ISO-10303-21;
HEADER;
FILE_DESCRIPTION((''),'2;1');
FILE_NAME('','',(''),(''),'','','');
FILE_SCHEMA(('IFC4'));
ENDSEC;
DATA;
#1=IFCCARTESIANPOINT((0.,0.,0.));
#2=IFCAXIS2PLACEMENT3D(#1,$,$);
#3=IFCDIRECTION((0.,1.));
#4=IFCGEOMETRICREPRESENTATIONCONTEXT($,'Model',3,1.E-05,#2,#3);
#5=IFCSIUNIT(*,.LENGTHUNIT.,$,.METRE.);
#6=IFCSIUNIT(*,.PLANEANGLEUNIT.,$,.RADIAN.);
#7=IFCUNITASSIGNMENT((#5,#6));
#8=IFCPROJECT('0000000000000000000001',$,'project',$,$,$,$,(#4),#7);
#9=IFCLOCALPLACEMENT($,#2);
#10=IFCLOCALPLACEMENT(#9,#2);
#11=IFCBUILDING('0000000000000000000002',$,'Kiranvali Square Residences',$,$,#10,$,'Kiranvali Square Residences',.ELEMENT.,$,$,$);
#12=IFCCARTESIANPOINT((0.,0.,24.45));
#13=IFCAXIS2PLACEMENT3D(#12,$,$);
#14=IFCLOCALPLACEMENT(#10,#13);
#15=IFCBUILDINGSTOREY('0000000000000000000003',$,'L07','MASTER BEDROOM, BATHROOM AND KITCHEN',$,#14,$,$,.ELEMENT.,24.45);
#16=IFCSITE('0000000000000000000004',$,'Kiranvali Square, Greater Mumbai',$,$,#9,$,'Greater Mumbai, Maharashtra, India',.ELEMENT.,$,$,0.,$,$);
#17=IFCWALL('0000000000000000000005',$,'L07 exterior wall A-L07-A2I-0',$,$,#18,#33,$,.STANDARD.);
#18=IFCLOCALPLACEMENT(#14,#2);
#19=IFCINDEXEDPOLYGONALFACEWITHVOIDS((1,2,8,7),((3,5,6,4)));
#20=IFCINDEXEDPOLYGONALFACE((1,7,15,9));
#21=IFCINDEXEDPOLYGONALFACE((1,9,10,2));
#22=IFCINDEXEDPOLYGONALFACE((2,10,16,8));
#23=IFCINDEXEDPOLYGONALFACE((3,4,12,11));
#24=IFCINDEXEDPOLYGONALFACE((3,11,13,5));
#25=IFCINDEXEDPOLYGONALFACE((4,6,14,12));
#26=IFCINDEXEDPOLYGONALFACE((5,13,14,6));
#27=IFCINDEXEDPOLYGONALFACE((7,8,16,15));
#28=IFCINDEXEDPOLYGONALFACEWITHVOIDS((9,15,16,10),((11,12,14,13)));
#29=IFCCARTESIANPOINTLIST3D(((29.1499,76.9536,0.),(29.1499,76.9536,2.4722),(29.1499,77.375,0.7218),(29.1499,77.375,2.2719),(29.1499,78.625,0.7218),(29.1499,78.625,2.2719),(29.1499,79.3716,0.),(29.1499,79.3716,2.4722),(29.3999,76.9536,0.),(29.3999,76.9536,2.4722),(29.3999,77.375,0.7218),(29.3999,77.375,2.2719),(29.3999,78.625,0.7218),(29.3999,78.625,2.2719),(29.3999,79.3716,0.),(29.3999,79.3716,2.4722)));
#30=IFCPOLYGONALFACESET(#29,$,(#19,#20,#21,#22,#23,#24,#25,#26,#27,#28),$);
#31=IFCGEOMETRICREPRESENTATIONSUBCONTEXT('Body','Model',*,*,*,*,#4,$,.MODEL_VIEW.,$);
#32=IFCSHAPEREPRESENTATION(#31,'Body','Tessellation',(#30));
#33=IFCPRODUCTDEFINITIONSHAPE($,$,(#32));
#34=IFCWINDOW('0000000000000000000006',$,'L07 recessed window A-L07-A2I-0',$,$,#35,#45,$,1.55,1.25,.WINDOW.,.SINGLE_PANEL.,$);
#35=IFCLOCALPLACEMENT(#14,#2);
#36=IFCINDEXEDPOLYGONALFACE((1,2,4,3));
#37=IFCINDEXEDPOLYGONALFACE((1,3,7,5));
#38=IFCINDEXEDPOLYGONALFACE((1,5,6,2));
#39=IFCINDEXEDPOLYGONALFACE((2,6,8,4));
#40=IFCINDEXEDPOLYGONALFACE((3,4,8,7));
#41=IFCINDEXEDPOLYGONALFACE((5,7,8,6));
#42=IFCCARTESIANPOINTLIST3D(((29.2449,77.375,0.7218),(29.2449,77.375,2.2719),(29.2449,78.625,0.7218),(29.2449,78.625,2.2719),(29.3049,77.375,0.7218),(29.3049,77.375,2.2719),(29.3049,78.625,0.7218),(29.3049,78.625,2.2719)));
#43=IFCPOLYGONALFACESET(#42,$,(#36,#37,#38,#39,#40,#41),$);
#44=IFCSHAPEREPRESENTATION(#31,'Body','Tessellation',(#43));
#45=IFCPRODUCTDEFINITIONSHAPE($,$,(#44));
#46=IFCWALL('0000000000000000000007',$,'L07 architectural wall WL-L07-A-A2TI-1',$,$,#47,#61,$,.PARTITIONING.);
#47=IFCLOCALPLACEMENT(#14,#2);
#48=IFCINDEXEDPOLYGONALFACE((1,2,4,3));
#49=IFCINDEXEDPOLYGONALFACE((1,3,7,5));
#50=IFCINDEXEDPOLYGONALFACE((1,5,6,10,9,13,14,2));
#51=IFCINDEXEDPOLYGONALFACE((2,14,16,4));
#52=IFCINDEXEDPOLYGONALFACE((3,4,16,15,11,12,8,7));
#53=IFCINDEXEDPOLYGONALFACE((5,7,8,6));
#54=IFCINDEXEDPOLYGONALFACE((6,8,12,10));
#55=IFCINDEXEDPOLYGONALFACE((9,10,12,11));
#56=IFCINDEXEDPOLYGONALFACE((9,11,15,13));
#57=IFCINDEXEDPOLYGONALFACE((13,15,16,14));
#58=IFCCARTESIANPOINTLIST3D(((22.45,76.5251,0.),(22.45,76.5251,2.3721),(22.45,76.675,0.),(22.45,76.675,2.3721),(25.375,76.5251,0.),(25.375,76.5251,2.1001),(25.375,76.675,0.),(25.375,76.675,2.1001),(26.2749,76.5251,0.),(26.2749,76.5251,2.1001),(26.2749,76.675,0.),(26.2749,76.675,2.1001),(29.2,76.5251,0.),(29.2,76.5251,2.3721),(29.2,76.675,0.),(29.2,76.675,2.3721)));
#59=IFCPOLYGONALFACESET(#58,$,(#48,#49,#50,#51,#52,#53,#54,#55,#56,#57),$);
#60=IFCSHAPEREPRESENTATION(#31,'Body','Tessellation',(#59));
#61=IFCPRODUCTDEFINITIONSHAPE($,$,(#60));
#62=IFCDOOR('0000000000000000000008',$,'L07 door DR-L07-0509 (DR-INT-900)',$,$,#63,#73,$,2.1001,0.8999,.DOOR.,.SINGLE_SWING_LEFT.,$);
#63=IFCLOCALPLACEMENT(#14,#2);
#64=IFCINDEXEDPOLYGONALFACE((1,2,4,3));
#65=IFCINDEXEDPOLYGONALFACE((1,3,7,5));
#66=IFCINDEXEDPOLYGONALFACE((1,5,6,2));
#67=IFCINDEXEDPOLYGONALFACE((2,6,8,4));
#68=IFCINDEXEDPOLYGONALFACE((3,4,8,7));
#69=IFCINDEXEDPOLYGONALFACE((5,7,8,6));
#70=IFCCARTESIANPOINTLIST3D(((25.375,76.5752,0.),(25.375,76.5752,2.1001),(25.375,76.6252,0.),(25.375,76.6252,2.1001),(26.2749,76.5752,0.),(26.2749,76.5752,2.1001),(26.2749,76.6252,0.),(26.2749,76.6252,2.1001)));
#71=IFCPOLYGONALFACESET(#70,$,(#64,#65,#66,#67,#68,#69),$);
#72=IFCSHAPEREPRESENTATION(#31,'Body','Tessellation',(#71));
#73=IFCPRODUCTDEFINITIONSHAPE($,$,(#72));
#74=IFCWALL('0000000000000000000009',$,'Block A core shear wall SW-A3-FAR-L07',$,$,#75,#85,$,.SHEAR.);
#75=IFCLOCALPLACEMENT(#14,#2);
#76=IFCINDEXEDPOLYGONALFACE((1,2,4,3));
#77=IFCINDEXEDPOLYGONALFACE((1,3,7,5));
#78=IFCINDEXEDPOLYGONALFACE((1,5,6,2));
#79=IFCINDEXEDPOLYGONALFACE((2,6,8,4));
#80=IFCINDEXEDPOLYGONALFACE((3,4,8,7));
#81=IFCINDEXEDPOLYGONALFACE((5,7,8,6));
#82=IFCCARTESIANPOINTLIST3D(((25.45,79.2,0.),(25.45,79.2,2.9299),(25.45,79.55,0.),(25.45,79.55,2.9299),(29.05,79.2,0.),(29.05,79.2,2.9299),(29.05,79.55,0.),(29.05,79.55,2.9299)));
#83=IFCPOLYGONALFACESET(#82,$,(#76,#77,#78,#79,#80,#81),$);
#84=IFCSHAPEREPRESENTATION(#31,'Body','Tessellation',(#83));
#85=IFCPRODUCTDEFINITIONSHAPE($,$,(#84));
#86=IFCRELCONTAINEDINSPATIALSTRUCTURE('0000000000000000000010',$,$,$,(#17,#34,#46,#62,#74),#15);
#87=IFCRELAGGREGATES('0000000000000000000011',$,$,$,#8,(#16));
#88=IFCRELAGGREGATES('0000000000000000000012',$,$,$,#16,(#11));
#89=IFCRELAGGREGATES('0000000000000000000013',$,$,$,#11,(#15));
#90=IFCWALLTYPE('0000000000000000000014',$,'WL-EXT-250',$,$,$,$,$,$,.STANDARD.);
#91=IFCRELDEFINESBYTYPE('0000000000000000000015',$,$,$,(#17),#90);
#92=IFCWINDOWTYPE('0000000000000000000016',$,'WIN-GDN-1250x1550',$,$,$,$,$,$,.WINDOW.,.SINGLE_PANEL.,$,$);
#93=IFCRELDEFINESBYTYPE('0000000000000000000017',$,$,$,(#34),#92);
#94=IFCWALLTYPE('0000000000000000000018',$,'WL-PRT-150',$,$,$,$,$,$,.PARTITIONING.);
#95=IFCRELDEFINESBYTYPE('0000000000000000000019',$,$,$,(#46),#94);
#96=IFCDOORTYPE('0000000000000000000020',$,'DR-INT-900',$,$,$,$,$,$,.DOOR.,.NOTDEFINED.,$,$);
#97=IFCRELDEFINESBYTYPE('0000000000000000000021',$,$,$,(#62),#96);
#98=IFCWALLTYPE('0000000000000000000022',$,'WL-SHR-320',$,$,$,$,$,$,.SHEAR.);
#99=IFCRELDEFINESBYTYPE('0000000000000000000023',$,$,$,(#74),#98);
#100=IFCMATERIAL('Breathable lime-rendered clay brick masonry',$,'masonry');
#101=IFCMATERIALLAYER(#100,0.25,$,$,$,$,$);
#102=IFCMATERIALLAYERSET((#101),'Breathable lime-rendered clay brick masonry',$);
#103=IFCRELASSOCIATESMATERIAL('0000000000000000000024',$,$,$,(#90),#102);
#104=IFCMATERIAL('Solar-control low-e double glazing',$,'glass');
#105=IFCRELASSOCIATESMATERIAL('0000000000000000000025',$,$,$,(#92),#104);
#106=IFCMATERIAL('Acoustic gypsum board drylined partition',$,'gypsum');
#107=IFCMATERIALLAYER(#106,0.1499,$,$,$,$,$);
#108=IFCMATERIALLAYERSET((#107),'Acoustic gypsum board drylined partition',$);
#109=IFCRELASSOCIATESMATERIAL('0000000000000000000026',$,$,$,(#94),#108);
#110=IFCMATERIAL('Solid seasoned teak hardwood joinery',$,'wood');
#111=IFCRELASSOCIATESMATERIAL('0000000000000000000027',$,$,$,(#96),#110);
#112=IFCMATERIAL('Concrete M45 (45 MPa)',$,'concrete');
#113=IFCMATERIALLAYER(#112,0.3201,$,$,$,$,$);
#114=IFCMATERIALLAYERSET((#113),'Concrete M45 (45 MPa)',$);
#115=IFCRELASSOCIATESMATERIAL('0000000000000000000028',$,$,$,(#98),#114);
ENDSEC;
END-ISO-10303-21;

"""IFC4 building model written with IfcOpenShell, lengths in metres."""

from ifc_helpers import new_model, si_unit, direction, frame, frame_2d, origin, place, context, subcontext, project, spatial, rectangle, extrude, material, layer, layer_set, type_object, element, fill, save


model = new_model("IFC4")

# Units and contexts
model_context = context("Model", 3, precision=1e-05, world=origin(), true_north=direction((0.0, 1.0)))
body_context = subcontext(model_context, "Body", "Model", "MODEL_VIEW")
ifc_project = project(units=[si_unit("LENGTHUNIT", "METRE"), si_unit("PLANEANGLEUNIT", "RADIAN")], contexts=[model_context])

# Site, building, storey
site_placement = place(None, origin())
site = spatial("IfcSite", under=ifc_project, at=site_placement, Name="Kiranvali Square, Greater Mumbai", LongName="Greater Mumbai, Maharashtra, India", CompositionType="ELEMENT", RefElevation=0.0)
building_placement = place(site_placement, origin())
building = spatial("IfcBuilding", under=site, at=building_placement, Name="Kiranvali Square Residences", LongName="Kiranvali Square Residences", CompositionType="ELEMENT")
storey_placement = place(building_placement, frame((0.0, 0.0, 24.45)))
storey = spatial("IfcBuildingStorey", under=building, at=storey_placement, Name="L07", Description="MASTER BEDROOM, BATHROOM AND KITCHEN", CompositionType="ELEMENT", Elevation=24.45)

# Shared definitions
ifc_material_1 = material(Name="Concrete M45 (45 MPa)", Category="concrete")

# Wall, opening, window
ifc_material_2 = material(Name="Breathable lime-rendered clay brick masonry", Category="masonry")
ifc_layer_1 = layer(ifc_material_2, 0.25)
ifc_layer_set_1 = layer_set([ifc_layer_1], Name="Breathable lime-rendered clay brick masonry")
wall_type_1 = type_object("IfcWallType", Name="WL-EXT-250", PredefinedType="STANDARD", material=ifc_layer_set_1)
wall_1_placement = place(storey_placement, frame((29.2749, 79.3716, 0.0), z_axis=(0.0, 0.0, 1.0), x_axis=(0.0, -1.0, 0.0)))
wall_1 = element("IfcWall", 1, at=wall_1_placement, inside=storey, type_object=wall_type_1, Name="L07 exterior wall A-L07-A2I-0", PredefinedType="STANDARD", context=body_context, shape_type="SweptSolid", body=[
    extrude(rectangle(XDim=2.418, YDim=0.25, at=frame_2d((1.209, 0.0))), origin(), (0.0, 0.0, 1.0), 2.4722),
])
opening_1_placement = place(wall_1_placement, frame((0.7466, 0.0, 0.7219)))
opening_1 = element("IfcOpeningElement", 2, at=opening_1_placement, cuts=wall_1, PredefinedType="OPENING", context=body_context, shape_type="SweptSolid", body=[
    extrude(rectangle(XDim=1.25, YDim=1.55, at=frame_2d((0.625, 0.7749))), frame((0.0, 0.135, 0.0), z_axis=(0.0, -1.0, 0.0), x_axis=(1.0, 0.0, 0.0)), (0.0, 0.0, 1.0), 0.27),
])
ifc_material_3 = material(Name="Solar-control low-e double glazing", Category="glass")
window_type = type_object("IfcWindowType", Name="WIN-GDN-1250x1550", PartitioningType="SINGLE_PANEL", PredefinedType="WINDOW", material=ifc_material_3)
window_placement = place(opening_1_placement, origin())
window = element("IfcWindow", 3, at=window_placement, inside=storey, type_object=window_type, Name="L07 recessed window A-L07-A2I-0", OverallHeight=1.55, OverallWidth=1.25, PartitioningType="SINGLE_PANEL", PredefinedType="WINDOW", context=body_context, shape_type="SweptSolid", body=[
    extrude(rectangle(XDim=1.25, YDim=1.55, at=frame_2d((0.625, 0.7749))), frame((0.0, 0.03, 0.0), z_axis=(0.0, -1.0, 0.0), x_axis=(1.0, 0.0, 0.0)), (0.0, 0.0, 1.0), 0.0601),
])
fill(opening_1, window)

# Wall, opening, door
ifc_material_4 = material(Name="Acoustic gypsum board drylined partition", Category="gypsum")
ifc_layer_2 = layer(ifc_material_4, 0.1499)
ifc_layer_set_2 = layer_set([ifc_layer_2], Name="Acoustic gypsum board drylined partition")
wall_type_2 = type_object("IfcWallType", Name="WL-PRT-150", PredefinedType="PARTITIONING", material=ifc_layer_set_2)
wall_2_placement = place(storey_placement, frame((29.2, 76.6001, 0.0), z_axis=(0.0, 0.0, 1.0), x_axis=(-1.0, 0.0, 0.0)))
wall_2 = element("IfcWall", 4, at=wall_2_placement, inside=storey, type_object=wall_type_2, Name="L07 architectural wall WL-L07-A-A2TI-1", PredefinedType="PARTITIONING", context=body_context, shape_type="SweptSolid", body=[
    extrude(rectangle(XDim=6.75, YDim=0.1499, at=frame_2d((3.375, 0.0))), origin(), (0.0, 0.0, 1.0), 2.3721),
])
opening_2_placement = place(wall_2_placement, frame((2.925, 0.0, 0.0)))
opening_2 = element("IfcOpeningElement", 5, at=opening_2_placement, cuts=wall_2, PredefinedType="OPENING", context=body_context, shape_type="SweptSolid", body=[
    extrude(rectangle(XDim=0.8999, YDim=2.1001, at=frame_2d((0.45, 1.05))), frame((0.0, 0.085, 0.0), z_axis=(0.0, -1.0, 0.0), x_axis=(1.0, 0.0, 0.0)), (0.0, 0.0, 1.0), 0.1699),
])
ifc_material_5 = material(Name="Solid seasoned teak hardwood joinery", Category="wood")
door_type_1 = type_object("IfcDoorType", Name="DR-INT-900", OperationType="NOTDEFINED", PredefinedType="DOOR", material=ifc_material_5)
door_1_placement = place(opening_2_placement, origin())
door_1 = element("IfcDoor", 6, at=door_1_placement, inside=storey, type_object=door_type_1, Name="L07 door DR-L07-0509 (DR-INT-900)", OperationType="SINGLE_SWING_LEFT", OverallHeight=2.1001, OverallWidth=0.8999, PredefinedType="DOOR", context=body_context, shape_type="SweptSolid", body=[
    extrude(rectangle(XDim=0.8999, YDim=2.1001, at=frame_2d((0.45, 1.05))), frame((0.0, 0.0249, 0.0), z_axis=(0.0, -1.0, 0.0), x_axis=(1.0, 0.0, 0.0)), (0.0, 0.0, 1.0), 0.05),
])
fill(opening_2, door_1)

# Wall
ifc_layer_3 = layer(ifc_material_1, 0.3201)
ifc_layer_set_3 = layer_set([ifc_layer_3], Name="Concrete M45 (45 MPa)")
wall_type_3 = type_object("IfcWallType", Name="WL-SHR-320", PredefinedType="SHEAR", material=ifc_layer_set_3)
wall_3_placement = place(storey_placement, frame((29.05, 79.375, 0.0), z_axis=(0.0, 0.0, 1.0), x_axis=(-1.0, 0.0, 0.0)))
element("IfcWall", 7, at=wall_3_placement, inside=storey, type_object=wall_type_3, Name="Block A core shear wall SW-A3-FAR-L07", PredefinedType="SHEAR", context=body_context, shape_type="SweptSolid", body=[
    extrude(rectangle(XDim=3.6001, YDim=0.3501, at=frame_2d((1.8, 0.0))), origin(), (0.0, 0.0, 1.0), 2.9299),
])

save(model, "model.ifc")
